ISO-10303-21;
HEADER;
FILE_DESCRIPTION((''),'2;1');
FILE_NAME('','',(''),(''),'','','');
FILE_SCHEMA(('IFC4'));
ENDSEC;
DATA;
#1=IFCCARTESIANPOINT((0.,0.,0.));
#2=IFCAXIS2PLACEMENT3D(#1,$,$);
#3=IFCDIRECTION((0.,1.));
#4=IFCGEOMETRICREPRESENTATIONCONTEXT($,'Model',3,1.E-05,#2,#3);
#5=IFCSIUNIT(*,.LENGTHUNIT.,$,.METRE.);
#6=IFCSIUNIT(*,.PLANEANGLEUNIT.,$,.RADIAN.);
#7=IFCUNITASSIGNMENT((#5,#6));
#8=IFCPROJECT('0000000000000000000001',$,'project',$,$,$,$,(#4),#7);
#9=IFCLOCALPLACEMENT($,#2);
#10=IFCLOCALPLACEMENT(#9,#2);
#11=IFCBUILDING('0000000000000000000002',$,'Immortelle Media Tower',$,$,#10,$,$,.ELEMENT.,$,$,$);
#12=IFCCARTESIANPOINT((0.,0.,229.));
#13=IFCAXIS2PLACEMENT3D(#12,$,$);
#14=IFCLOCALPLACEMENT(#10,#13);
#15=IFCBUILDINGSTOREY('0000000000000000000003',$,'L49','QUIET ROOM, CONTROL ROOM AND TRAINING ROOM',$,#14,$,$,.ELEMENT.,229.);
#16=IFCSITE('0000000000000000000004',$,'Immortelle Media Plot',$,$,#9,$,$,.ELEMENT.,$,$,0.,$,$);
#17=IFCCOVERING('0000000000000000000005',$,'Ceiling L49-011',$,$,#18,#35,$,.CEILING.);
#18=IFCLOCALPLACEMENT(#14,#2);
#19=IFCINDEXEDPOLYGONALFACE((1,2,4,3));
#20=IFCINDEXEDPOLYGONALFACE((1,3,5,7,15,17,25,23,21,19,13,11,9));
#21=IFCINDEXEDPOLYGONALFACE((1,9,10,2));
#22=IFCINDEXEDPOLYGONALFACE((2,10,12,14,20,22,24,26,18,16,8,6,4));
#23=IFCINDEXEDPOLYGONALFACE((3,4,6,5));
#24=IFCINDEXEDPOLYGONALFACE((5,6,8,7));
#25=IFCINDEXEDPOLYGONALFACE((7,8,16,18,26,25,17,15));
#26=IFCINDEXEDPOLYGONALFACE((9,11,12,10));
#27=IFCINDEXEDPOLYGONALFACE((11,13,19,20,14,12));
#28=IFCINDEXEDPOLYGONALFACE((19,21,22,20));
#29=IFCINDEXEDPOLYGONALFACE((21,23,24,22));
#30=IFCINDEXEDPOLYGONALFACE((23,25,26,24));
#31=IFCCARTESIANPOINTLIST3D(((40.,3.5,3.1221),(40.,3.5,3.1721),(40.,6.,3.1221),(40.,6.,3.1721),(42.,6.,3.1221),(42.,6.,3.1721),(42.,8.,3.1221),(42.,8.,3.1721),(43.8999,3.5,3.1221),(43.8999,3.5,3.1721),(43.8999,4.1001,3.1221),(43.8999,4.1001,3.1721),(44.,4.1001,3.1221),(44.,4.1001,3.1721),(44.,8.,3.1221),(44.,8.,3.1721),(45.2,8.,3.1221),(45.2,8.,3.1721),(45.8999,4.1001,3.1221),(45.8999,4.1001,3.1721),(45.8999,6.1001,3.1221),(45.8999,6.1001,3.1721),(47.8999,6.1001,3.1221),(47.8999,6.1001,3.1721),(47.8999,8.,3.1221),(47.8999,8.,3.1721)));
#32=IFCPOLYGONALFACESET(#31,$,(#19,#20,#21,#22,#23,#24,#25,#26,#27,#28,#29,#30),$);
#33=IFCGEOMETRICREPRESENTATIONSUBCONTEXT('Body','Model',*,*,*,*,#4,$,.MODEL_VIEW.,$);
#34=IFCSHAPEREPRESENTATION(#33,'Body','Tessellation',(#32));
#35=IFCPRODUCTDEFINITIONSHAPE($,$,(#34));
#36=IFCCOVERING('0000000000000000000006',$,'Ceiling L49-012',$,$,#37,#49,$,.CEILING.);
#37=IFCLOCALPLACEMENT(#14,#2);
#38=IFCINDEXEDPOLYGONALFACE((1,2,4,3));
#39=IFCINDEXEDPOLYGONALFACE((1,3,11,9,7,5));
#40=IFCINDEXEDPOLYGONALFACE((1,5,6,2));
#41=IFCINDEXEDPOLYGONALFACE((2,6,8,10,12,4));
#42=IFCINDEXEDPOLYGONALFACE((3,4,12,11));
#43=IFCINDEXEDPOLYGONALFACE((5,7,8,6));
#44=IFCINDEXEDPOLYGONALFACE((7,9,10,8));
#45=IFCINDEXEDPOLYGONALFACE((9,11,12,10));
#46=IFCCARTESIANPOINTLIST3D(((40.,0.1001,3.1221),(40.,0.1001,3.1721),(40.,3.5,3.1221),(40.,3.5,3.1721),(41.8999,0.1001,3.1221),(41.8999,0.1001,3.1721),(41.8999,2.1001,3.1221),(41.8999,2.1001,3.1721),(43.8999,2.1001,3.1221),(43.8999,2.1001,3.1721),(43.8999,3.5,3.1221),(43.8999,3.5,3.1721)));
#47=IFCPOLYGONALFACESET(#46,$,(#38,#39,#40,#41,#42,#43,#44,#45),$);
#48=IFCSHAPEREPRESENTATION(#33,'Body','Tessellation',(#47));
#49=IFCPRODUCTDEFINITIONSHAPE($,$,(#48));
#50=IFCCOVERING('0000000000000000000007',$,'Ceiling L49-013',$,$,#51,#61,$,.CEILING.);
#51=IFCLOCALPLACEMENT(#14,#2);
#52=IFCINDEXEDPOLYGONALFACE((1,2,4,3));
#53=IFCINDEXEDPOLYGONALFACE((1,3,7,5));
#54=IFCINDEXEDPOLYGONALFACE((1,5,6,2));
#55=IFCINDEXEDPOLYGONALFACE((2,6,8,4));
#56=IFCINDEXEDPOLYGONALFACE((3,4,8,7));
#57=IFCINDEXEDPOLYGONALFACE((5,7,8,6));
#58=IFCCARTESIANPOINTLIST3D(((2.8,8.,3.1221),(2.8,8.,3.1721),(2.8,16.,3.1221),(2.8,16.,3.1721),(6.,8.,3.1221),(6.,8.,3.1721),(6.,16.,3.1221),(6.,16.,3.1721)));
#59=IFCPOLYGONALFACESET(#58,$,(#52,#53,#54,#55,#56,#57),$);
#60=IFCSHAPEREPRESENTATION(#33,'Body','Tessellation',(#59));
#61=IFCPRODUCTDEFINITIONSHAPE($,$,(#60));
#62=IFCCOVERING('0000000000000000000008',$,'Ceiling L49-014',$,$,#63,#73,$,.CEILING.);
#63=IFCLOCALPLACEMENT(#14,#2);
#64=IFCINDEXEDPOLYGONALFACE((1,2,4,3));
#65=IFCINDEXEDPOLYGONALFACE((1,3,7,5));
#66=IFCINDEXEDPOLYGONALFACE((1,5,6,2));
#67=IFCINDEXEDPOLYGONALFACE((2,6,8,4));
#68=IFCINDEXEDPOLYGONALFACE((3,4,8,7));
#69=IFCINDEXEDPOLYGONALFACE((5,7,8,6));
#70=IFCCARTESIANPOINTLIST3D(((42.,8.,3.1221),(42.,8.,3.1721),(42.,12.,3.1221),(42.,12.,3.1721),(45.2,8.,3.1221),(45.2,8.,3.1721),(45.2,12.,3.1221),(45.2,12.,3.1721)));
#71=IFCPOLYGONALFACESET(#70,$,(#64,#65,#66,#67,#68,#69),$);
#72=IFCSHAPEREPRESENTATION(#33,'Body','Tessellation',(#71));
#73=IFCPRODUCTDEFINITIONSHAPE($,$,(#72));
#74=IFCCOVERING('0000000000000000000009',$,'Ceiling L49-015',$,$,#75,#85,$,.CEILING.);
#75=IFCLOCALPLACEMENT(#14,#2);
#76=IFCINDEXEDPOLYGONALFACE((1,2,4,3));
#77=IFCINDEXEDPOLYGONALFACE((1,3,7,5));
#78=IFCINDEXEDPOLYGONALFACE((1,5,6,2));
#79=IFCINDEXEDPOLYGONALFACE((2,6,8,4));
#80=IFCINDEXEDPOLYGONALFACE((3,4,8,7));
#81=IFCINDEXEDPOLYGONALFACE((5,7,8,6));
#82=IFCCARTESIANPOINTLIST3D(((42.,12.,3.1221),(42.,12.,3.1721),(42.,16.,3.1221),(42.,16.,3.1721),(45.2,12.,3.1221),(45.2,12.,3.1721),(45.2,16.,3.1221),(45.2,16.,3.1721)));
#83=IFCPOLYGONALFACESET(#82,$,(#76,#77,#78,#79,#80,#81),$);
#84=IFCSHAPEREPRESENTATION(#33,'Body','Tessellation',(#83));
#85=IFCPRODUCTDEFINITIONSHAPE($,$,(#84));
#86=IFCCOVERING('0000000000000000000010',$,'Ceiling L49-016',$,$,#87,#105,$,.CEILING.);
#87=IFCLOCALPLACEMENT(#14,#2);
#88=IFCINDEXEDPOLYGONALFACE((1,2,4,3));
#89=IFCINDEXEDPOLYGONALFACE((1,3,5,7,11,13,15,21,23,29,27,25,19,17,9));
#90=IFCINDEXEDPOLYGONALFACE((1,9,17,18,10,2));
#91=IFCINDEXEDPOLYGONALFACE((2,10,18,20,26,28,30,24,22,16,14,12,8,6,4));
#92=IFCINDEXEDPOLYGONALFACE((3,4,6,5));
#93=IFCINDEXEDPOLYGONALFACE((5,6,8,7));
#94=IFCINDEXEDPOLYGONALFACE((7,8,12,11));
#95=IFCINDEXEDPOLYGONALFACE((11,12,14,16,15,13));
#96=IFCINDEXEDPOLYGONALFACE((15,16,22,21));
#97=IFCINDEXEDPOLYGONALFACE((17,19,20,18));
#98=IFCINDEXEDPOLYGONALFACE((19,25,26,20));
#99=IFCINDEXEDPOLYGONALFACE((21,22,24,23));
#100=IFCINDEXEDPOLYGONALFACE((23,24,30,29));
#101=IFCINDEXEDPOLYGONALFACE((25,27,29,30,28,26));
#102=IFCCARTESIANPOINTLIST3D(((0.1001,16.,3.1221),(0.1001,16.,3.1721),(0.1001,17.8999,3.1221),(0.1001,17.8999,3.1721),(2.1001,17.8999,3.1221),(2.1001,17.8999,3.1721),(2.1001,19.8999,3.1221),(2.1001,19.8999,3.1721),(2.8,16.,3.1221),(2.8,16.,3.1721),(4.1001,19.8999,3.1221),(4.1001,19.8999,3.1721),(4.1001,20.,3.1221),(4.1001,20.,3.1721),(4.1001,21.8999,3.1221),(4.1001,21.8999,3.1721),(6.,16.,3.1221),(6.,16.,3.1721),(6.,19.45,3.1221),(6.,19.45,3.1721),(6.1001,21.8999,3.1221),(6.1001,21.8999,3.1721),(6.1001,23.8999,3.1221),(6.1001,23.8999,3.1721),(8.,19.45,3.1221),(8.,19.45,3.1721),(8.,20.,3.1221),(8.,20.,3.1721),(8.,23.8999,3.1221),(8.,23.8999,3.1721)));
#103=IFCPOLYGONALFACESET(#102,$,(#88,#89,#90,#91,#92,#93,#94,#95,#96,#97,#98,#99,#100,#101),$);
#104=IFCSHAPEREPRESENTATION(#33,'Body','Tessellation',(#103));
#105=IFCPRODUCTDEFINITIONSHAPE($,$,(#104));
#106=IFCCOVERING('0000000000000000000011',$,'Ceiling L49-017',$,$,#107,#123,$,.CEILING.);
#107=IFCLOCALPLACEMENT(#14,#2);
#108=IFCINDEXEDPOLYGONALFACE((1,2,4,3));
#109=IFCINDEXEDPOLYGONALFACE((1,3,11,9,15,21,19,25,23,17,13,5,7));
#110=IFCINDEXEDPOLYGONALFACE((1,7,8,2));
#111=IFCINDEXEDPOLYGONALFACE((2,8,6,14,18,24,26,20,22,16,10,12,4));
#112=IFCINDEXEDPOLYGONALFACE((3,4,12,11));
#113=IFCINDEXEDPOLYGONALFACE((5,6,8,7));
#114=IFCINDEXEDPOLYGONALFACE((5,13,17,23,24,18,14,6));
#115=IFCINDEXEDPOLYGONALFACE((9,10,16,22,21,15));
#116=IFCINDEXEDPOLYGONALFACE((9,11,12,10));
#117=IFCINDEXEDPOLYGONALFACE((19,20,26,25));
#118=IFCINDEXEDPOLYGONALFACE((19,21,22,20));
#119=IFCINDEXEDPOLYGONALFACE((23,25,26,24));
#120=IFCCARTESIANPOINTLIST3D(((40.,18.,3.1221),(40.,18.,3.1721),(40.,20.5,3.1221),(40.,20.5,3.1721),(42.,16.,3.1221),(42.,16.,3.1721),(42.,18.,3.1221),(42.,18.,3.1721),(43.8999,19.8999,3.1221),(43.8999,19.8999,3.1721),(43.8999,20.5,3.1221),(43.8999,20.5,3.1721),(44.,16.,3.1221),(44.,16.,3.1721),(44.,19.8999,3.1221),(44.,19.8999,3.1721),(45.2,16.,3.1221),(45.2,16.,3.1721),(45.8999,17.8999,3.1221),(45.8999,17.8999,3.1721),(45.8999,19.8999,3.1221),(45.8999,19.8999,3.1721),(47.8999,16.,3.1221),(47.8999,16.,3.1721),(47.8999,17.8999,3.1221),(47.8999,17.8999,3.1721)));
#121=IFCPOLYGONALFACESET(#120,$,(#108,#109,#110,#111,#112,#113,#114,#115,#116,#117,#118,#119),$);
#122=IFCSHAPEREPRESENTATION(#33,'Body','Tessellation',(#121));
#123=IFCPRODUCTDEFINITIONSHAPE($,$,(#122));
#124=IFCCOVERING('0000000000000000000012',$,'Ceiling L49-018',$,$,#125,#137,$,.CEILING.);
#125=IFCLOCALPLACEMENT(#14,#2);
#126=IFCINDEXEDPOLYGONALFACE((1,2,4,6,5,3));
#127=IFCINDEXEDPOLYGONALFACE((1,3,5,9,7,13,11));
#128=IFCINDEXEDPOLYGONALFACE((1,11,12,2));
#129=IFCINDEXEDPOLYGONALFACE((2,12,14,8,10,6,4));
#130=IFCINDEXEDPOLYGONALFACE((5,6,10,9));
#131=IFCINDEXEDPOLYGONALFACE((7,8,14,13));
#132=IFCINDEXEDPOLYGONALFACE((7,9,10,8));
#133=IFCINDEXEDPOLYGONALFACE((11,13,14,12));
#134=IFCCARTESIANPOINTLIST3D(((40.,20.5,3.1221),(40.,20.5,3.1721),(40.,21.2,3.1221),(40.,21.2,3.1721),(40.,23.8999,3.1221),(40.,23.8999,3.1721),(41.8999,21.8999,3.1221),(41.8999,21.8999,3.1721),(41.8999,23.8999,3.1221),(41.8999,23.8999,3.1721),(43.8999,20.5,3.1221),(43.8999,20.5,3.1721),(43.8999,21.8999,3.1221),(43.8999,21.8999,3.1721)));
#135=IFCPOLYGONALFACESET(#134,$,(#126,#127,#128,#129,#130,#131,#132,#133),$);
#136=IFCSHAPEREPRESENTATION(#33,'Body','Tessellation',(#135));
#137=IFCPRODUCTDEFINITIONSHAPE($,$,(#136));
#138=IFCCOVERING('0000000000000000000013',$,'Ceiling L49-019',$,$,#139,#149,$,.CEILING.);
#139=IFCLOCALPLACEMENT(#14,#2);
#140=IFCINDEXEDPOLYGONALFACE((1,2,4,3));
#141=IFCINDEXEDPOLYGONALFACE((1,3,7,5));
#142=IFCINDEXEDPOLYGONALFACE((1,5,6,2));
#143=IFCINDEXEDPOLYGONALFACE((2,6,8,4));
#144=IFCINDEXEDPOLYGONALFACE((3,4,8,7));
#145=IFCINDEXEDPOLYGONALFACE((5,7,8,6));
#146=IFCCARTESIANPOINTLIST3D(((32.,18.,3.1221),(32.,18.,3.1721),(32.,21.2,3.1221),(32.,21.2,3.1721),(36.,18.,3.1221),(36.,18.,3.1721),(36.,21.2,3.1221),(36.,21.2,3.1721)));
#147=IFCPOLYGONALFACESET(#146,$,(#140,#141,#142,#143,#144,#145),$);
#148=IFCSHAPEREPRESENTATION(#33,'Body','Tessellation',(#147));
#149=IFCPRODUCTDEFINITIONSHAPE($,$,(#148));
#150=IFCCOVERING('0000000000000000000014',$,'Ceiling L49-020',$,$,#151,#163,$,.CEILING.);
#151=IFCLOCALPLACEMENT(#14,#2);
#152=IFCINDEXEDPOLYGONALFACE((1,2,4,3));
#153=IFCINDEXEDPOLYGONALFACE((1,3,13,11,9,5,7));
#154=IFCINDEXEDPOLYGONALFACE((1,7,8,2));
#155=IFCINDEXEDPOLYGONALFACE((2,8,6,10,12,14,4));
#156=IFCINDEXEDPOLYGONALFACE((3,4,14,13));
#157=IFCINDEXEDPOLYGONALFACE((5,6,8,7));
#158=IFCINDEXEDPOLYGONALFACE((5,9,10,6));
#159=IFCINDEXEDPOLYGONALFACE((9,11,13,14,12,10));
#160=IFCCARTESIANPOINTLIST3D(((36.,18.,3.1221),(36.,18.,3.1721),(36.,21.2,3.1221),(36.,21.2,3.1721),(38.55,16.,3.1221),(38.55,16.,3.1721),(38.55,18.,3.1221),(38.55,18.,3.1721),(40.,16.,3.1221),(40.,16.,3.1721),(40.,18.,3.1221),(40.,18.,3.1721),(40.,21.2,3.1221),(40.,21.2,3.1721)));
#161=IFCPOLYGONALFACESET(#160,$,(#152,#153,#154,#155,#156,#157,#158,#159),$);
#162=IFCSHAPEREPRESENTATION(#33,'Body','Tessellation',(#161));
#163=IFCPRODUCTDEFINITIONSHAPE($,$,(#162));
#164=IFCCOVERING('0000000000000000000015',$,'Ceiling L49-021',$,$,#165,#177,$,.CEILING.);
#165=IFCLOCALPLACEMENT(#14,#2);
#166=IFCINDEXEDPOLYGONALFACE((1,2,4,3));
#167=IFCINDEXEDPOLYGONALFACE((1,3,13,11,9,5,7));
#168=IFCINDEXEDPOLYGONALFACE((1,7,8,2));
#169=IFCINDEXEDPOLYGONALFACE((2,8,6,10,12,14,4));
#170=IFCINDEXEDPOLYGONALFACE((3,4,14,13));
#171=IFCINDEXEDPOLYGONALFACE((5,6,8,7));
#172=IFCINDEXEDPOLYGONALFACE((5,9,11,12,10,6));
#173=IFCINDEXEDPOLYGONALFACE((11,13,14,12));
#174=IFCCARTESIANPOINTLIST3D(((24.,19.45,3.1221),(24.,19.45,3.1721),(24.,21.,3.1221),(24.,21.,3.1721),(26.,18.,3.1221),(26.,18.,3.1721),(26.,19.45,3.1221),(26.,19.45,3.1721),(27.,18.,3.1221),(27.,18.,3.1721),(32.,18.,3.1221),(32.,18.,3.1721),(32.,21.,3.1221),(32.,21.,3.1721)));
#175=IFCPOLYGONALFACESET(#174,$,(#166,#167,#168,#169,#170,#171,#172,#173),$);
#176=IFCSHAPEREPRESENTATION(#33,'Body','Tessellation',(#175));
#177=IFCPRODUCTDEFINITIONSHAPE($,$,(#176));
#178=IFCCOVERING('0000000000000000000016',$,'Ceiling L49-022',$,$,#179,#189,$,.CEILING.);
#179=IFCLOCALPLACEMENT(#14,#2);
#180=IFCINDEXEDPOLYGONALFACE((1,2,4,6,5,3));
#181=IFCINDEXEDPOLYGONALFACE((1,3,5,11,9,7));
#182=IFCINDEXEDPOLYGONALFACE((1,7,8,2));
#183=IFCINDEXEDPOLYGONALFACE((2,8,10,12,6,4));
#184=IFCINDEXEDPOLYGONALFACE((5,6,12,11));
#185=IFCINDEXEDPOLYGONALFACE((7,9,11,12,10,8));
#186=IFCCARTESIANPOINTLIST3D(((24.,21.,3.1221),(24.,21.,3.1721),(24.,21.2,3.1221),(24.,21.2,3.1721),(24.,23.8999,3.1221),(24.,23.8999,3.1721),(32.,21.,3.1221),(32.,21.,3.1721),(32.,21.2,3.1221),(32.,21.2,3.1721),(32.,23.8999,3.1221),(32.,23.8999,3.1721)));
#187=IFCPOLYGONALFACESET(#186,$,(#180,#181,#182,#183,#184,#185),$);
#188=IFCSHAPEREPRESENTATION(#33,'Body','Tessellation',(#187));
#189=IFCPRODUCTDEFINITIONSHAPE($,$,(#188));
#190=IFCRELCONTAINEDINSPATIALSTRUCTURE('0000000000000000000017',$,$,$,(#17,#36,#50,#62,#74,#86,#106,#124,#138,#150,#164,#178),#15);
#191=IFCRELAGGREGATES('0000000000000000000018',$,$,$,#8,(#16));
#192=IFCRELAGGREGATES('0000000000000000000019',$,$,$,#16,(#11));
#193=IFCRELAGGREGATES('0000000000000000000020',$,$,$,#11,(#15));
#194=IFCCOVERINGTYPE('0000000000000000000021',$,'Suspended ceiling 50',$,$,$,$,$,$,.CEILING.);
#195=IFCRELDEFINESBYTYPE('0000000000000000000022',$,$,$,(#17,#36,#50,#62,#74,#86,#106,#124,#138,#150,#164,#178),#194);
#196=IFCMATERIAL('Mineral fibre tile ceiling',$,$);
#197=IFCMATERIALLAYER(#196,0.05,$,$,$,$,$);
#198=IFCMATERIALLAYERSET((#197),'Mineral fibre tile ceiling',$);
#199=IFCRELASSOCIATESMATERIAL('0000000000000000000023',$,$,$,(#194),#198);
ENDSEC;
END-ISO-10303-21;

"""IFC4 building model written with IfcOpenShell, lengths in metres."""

from ifc_helpers import new_model, si_unit, direction, frame, origin, place, context, subcontext, project, spatial, polyline, outline, extrude, material, layer, layer_set, type_object, element, save


model = new_model("IFC4")

# Units and contexts
model_context = context("Model", 3, precision=1e-05, world=origin(), true_north=direction((0.0, 1.0)))
body_context = subcontext(model_context, "Body", "Model", "MODEL_VIEW")
ifc_project = project(units=[si_unit("LENGTHUNIT", "METRE"), si_unit("PLANEANGLEUNIT", "RADIAN")], contexts=[model_context])

# Site, building, storey
site_placement = place(None, origin())
site = spatial("IfcSite", under=ifc_project, at=site_placement, Name="Immortelle Media Plot", CompositionType="ELEMENT", RefElevation=0.0)
building_placement = place(site_placement, origin())
building = spatial("IfcBuilding", under=site, at=building_placement, Name="Immortelle Media Tower", CompositionType="ELEMENT")
storey_placement = place(building_placement, frame((0.0, 0.0, 229.0)))
storey = spatial("IfcBuildingStorey", under=building, at=storey_placement, Name="L49", Description="QUIET ROOM, CONTROL ROOM AND TRAINING ROOM", CompositionType="ELEMENT", Elevation=229.0)

# Coverings
ifc_material_1 = material(Name="Mineral fibre tile ceiling")
ifc_layer_1 = layer(ifc_material_1, 0.05)
ifc_layer_set_1 = layer_set([ifc_layer_1], Name="Mineral fibre tile ceiling")
covering_type = type_object("IfcCoveringType", Name="Suspended ceiling 50", PredefinedType="CEILING", material=ifc_layer_set_1)
covering_1_placement = place(storey_placement, frame((0.0, 0.0, 3.1221)))
element("IfcCovering", 1, at=covering_1_placement, inside=storey, type_object=covering_type, Name="Ceiling L49-011", PredefinedType="CEILING", context=body_context, shape_type="SweptSolid", body=[
    extrude(outline(polyline([(40.0, 6.0), (42.0, 6.0), (42.0, 8.0), (44.0, 8.0), (45.2, 8.0), (47.8999, 8.0), (47.8999, 6.1001), (45.8999, 6.1001), (45.8999, 4.1001), (44.0, 4.1001), (43.8999, 4.1001), (43.8999, 3.5), (40.0, 3.5), (40.0, 6.0)])), origin(), (0.0, 0.0, 1.0), 0.05),
])
covering_2_placement = place(storey_placement, frame((0.0, 0.0, 3.1221)))
element("IfcCovering", 2, at=covering_2_placement, inside=storey, type_object=covering_type, Name="Ceiling L49-012", PredefinedType="CEILING", context=body_context, shape_type="SweptSolid", body=[
    extrude(outline(polyline([(41.8999, 2.1001), (41.8999, 0.1001), (40.0, 0.1001), (40.0, 3.5), (43.8999, 3.5), (43.8999, 2.1001), (41.8999, 2.1001)])), origin(), (0.0, 0.0, 1.0), 0.05),
])
covering_3_placement = place(storey_placement, frame((0.0, 0.0, 3.1221)))
element("IfcCovering", 3, at=covering_3_placement, inside=storey, type_object=covering_type, Name="Ceiling L49-013", PredefinedType="CEILING", context=body_context, shape_type="SweptSolid", body=[
    extrude(outline(polyline([(6.0, 8.0), (2.8, 8.0), (2.8, 16.0), (6.0, 16.0), (6.0, 8.0)])), origin(), (0.0, 0.0, 1.0), 0.05),
])
covering_4_placement = place(storey_placement, frame((0.0, 0.0, 3.1221)))
element("IfcCovering", 4, at=covering_4_placement, inside=storey, type_object=covering_type, Name="Ceiling L49-014", PredefinedType="CEILING", context=body_context, shape_type="SweptSolid", body=[
    extrude(outline(polyline([(42.0, 8.0), (42.0, 12.0), (45.2, 12.0), (45.2, 8.0), (42.0, 8.0)])), origin(), (0.0, 0.0, 1.0), 0.05),
])
covering_5_placement = place(storey_placement, frame((0.0, 0.0, 3.1221)))
element("IfcCovering", 5, at=covering_5_placement, inside=storey, type_object=covering_type, Name="Ceiling L49-015", PredefinedType="CEILING", context=body_context, shape_type="SweptSolid", body=[
    extrude(outline(polyline([(42.0, 16.0), (45.2, 16.0), (45.2, 12.0), (42.0, 12.0), (42.0, 16.0)])), origin(), (0.0, 0.0, 1.0), 0.05),
])
covering_6_placement = place(storey_placement, frame((0.0, 0.0, 3.1221)))
element("IfcCovering", 6, at=covering_6_placement, inside=storey, type_object=covering_type, Name="Ceiling L49-016", PredefinedType="CEILING", context=body_context, shape_type="SweptSolid", body=[
    extrude(outline(polyline([(2.8, 16.0), (0.1001, 16.0), (0.1001, 17.8999), (2.1001, 17.8999), (2.1001, 19.8999), (4.1001, 19.8999), (4.1001, 20.0), (4.1001, 21.8999), (6.1001, 21.8999), (6.1001, 23.8999), (8.0, 23.8999), (8.0, 20.0), (8.0, 19.45), (6.0, 19.45), (6.0, 16.0), (2.8, 16.0)])), origin(), (0.0, 0.0, 1.0), 0.05),
])
covering_7_placement = place(storey_placement, frame((0.0, 0.0, 3.1221)))
element("IfcCovering", 7, at=covering_7_placement, inside=storey, type_object=covering_type, Name="Ceiling L49-017", PredefinedType="CEILING", context=body_context, shape_type="SweptSolid", body=[
    extrude(outline(polyline([(45.8999, 17.8999), (47.8999, 17.8999), (47.8999, 16.0), (45.2, 16.0), (44.0, 16.0), (42.0, 16.0), (42.0, 18.0), (40.0, 18.0), (40.0, 20.5), (43.8999, 20.5), (43.8999, 19.8999), (44.0, 19.8999), (45.8999, 19.8999), (45.8999, 17.8999)])), origin(), (0.0, 0.0, 1.0), 0.05),
])
covering_8_placement = place(storey_placement, frame((0.0, 0.0, 3.1221)))
element("IfcCovering", 8, at=covering_8_placement, inside=storey, type_object=covering_type, Name="Ceiling L49-018", PredefinedType="CEILING", context=body_context, shape_type="SweptSolid", body=[
    extrude(outline(polyline([(40.0, 21.2), (40.0, 23.8999), (41.8999, 23.8999), (41.8999, 21.8999), (43.8999, 21.8999), (43.8999, 20.5), (40.0, 20.5), (40.0, 21.2)])), origin(), (0.0, 0.0, 1.0), 0.05),
])
covering_9_placement = place(storey_placement, frame((0.0, 0.0, 3.1221)))
element("IfcCovering", 9, at=covering_9_placement, inside=storey, type_object=covering_type, Name="Ceiling L49-019", PredefinedType="CEILING", context=body_context, shape_type="SweptSolid", body=[
    extrude(outline(polyline([(32.0, 18.0), (32.0, 21.2), (36.0, 21.2), (36.0, 18.0), (32.0, 18.0)])), origin(), (0.0, 0.0, 1.0), 0.05),
])
covering_10_placement = place(storey_placement, frame((0.0, 0.0, 3.1221)))
element("IfcCovering", 10, at=covering_10_placement, inside=storey, type_object=covering_type, Name="Ceiling L49-020", PredefinedType="CEILING", context=body_context, shape_type="SweptSolid", body=[
    extrude(outline(polyline([(38.55, 18.0), (36.0, 18.0), (36.0, 21.2), (40.0, 21.2), (40.0, 18.0), (40.0, 16.0), (38.55, 16.0), (38.55, 18.0)])), origin(), (0.0, 0.0, 1.0), 0.05),
])
covering_11_placement = place(storey_placement, frame((0.0, 0.0, 3.1221)))
element("IfcCovering", 11, at=covering_11_placement, inside=storey, type_object=covering_type, Name="Ceiling L49-021", PredefinedType="CEILING", context=body_context, shape_type="SweptSolid", body=[
    extrude(outline(polyline([(26.0, 18.0), (26.0, 19.45), (24.0, 19.45), (24.0, 21.0), (32.0, 21.0), (32.0, 18.0), (27.0, 18.0), (26.0, 18.0)])), origin(), (0.0, 0.0, 1.0), 0.05),
])
covering_12_placement = place(storey_placement, frame((0.0, 0.0, 3.1221)))
element("IfcCovering", 12, at=covering_12_placement, inside=storey, type_object=covering_type, Name="Ceiling L49-022", PredefinedType="CEILING", context=body_context, shape_type="SweptSolid", body=[
    extrude(outline(polyline([(24.0, 21.2), (24.0, 23.8999), (32.0, 23.8999), (32.0, 21.2), (32.0, 21.0), (24.0, 21.0), (24.0, 21.2)])), origin(), (0.0, 0.0, 1.0), 0.05),
])

save(model, "model.ifc")
